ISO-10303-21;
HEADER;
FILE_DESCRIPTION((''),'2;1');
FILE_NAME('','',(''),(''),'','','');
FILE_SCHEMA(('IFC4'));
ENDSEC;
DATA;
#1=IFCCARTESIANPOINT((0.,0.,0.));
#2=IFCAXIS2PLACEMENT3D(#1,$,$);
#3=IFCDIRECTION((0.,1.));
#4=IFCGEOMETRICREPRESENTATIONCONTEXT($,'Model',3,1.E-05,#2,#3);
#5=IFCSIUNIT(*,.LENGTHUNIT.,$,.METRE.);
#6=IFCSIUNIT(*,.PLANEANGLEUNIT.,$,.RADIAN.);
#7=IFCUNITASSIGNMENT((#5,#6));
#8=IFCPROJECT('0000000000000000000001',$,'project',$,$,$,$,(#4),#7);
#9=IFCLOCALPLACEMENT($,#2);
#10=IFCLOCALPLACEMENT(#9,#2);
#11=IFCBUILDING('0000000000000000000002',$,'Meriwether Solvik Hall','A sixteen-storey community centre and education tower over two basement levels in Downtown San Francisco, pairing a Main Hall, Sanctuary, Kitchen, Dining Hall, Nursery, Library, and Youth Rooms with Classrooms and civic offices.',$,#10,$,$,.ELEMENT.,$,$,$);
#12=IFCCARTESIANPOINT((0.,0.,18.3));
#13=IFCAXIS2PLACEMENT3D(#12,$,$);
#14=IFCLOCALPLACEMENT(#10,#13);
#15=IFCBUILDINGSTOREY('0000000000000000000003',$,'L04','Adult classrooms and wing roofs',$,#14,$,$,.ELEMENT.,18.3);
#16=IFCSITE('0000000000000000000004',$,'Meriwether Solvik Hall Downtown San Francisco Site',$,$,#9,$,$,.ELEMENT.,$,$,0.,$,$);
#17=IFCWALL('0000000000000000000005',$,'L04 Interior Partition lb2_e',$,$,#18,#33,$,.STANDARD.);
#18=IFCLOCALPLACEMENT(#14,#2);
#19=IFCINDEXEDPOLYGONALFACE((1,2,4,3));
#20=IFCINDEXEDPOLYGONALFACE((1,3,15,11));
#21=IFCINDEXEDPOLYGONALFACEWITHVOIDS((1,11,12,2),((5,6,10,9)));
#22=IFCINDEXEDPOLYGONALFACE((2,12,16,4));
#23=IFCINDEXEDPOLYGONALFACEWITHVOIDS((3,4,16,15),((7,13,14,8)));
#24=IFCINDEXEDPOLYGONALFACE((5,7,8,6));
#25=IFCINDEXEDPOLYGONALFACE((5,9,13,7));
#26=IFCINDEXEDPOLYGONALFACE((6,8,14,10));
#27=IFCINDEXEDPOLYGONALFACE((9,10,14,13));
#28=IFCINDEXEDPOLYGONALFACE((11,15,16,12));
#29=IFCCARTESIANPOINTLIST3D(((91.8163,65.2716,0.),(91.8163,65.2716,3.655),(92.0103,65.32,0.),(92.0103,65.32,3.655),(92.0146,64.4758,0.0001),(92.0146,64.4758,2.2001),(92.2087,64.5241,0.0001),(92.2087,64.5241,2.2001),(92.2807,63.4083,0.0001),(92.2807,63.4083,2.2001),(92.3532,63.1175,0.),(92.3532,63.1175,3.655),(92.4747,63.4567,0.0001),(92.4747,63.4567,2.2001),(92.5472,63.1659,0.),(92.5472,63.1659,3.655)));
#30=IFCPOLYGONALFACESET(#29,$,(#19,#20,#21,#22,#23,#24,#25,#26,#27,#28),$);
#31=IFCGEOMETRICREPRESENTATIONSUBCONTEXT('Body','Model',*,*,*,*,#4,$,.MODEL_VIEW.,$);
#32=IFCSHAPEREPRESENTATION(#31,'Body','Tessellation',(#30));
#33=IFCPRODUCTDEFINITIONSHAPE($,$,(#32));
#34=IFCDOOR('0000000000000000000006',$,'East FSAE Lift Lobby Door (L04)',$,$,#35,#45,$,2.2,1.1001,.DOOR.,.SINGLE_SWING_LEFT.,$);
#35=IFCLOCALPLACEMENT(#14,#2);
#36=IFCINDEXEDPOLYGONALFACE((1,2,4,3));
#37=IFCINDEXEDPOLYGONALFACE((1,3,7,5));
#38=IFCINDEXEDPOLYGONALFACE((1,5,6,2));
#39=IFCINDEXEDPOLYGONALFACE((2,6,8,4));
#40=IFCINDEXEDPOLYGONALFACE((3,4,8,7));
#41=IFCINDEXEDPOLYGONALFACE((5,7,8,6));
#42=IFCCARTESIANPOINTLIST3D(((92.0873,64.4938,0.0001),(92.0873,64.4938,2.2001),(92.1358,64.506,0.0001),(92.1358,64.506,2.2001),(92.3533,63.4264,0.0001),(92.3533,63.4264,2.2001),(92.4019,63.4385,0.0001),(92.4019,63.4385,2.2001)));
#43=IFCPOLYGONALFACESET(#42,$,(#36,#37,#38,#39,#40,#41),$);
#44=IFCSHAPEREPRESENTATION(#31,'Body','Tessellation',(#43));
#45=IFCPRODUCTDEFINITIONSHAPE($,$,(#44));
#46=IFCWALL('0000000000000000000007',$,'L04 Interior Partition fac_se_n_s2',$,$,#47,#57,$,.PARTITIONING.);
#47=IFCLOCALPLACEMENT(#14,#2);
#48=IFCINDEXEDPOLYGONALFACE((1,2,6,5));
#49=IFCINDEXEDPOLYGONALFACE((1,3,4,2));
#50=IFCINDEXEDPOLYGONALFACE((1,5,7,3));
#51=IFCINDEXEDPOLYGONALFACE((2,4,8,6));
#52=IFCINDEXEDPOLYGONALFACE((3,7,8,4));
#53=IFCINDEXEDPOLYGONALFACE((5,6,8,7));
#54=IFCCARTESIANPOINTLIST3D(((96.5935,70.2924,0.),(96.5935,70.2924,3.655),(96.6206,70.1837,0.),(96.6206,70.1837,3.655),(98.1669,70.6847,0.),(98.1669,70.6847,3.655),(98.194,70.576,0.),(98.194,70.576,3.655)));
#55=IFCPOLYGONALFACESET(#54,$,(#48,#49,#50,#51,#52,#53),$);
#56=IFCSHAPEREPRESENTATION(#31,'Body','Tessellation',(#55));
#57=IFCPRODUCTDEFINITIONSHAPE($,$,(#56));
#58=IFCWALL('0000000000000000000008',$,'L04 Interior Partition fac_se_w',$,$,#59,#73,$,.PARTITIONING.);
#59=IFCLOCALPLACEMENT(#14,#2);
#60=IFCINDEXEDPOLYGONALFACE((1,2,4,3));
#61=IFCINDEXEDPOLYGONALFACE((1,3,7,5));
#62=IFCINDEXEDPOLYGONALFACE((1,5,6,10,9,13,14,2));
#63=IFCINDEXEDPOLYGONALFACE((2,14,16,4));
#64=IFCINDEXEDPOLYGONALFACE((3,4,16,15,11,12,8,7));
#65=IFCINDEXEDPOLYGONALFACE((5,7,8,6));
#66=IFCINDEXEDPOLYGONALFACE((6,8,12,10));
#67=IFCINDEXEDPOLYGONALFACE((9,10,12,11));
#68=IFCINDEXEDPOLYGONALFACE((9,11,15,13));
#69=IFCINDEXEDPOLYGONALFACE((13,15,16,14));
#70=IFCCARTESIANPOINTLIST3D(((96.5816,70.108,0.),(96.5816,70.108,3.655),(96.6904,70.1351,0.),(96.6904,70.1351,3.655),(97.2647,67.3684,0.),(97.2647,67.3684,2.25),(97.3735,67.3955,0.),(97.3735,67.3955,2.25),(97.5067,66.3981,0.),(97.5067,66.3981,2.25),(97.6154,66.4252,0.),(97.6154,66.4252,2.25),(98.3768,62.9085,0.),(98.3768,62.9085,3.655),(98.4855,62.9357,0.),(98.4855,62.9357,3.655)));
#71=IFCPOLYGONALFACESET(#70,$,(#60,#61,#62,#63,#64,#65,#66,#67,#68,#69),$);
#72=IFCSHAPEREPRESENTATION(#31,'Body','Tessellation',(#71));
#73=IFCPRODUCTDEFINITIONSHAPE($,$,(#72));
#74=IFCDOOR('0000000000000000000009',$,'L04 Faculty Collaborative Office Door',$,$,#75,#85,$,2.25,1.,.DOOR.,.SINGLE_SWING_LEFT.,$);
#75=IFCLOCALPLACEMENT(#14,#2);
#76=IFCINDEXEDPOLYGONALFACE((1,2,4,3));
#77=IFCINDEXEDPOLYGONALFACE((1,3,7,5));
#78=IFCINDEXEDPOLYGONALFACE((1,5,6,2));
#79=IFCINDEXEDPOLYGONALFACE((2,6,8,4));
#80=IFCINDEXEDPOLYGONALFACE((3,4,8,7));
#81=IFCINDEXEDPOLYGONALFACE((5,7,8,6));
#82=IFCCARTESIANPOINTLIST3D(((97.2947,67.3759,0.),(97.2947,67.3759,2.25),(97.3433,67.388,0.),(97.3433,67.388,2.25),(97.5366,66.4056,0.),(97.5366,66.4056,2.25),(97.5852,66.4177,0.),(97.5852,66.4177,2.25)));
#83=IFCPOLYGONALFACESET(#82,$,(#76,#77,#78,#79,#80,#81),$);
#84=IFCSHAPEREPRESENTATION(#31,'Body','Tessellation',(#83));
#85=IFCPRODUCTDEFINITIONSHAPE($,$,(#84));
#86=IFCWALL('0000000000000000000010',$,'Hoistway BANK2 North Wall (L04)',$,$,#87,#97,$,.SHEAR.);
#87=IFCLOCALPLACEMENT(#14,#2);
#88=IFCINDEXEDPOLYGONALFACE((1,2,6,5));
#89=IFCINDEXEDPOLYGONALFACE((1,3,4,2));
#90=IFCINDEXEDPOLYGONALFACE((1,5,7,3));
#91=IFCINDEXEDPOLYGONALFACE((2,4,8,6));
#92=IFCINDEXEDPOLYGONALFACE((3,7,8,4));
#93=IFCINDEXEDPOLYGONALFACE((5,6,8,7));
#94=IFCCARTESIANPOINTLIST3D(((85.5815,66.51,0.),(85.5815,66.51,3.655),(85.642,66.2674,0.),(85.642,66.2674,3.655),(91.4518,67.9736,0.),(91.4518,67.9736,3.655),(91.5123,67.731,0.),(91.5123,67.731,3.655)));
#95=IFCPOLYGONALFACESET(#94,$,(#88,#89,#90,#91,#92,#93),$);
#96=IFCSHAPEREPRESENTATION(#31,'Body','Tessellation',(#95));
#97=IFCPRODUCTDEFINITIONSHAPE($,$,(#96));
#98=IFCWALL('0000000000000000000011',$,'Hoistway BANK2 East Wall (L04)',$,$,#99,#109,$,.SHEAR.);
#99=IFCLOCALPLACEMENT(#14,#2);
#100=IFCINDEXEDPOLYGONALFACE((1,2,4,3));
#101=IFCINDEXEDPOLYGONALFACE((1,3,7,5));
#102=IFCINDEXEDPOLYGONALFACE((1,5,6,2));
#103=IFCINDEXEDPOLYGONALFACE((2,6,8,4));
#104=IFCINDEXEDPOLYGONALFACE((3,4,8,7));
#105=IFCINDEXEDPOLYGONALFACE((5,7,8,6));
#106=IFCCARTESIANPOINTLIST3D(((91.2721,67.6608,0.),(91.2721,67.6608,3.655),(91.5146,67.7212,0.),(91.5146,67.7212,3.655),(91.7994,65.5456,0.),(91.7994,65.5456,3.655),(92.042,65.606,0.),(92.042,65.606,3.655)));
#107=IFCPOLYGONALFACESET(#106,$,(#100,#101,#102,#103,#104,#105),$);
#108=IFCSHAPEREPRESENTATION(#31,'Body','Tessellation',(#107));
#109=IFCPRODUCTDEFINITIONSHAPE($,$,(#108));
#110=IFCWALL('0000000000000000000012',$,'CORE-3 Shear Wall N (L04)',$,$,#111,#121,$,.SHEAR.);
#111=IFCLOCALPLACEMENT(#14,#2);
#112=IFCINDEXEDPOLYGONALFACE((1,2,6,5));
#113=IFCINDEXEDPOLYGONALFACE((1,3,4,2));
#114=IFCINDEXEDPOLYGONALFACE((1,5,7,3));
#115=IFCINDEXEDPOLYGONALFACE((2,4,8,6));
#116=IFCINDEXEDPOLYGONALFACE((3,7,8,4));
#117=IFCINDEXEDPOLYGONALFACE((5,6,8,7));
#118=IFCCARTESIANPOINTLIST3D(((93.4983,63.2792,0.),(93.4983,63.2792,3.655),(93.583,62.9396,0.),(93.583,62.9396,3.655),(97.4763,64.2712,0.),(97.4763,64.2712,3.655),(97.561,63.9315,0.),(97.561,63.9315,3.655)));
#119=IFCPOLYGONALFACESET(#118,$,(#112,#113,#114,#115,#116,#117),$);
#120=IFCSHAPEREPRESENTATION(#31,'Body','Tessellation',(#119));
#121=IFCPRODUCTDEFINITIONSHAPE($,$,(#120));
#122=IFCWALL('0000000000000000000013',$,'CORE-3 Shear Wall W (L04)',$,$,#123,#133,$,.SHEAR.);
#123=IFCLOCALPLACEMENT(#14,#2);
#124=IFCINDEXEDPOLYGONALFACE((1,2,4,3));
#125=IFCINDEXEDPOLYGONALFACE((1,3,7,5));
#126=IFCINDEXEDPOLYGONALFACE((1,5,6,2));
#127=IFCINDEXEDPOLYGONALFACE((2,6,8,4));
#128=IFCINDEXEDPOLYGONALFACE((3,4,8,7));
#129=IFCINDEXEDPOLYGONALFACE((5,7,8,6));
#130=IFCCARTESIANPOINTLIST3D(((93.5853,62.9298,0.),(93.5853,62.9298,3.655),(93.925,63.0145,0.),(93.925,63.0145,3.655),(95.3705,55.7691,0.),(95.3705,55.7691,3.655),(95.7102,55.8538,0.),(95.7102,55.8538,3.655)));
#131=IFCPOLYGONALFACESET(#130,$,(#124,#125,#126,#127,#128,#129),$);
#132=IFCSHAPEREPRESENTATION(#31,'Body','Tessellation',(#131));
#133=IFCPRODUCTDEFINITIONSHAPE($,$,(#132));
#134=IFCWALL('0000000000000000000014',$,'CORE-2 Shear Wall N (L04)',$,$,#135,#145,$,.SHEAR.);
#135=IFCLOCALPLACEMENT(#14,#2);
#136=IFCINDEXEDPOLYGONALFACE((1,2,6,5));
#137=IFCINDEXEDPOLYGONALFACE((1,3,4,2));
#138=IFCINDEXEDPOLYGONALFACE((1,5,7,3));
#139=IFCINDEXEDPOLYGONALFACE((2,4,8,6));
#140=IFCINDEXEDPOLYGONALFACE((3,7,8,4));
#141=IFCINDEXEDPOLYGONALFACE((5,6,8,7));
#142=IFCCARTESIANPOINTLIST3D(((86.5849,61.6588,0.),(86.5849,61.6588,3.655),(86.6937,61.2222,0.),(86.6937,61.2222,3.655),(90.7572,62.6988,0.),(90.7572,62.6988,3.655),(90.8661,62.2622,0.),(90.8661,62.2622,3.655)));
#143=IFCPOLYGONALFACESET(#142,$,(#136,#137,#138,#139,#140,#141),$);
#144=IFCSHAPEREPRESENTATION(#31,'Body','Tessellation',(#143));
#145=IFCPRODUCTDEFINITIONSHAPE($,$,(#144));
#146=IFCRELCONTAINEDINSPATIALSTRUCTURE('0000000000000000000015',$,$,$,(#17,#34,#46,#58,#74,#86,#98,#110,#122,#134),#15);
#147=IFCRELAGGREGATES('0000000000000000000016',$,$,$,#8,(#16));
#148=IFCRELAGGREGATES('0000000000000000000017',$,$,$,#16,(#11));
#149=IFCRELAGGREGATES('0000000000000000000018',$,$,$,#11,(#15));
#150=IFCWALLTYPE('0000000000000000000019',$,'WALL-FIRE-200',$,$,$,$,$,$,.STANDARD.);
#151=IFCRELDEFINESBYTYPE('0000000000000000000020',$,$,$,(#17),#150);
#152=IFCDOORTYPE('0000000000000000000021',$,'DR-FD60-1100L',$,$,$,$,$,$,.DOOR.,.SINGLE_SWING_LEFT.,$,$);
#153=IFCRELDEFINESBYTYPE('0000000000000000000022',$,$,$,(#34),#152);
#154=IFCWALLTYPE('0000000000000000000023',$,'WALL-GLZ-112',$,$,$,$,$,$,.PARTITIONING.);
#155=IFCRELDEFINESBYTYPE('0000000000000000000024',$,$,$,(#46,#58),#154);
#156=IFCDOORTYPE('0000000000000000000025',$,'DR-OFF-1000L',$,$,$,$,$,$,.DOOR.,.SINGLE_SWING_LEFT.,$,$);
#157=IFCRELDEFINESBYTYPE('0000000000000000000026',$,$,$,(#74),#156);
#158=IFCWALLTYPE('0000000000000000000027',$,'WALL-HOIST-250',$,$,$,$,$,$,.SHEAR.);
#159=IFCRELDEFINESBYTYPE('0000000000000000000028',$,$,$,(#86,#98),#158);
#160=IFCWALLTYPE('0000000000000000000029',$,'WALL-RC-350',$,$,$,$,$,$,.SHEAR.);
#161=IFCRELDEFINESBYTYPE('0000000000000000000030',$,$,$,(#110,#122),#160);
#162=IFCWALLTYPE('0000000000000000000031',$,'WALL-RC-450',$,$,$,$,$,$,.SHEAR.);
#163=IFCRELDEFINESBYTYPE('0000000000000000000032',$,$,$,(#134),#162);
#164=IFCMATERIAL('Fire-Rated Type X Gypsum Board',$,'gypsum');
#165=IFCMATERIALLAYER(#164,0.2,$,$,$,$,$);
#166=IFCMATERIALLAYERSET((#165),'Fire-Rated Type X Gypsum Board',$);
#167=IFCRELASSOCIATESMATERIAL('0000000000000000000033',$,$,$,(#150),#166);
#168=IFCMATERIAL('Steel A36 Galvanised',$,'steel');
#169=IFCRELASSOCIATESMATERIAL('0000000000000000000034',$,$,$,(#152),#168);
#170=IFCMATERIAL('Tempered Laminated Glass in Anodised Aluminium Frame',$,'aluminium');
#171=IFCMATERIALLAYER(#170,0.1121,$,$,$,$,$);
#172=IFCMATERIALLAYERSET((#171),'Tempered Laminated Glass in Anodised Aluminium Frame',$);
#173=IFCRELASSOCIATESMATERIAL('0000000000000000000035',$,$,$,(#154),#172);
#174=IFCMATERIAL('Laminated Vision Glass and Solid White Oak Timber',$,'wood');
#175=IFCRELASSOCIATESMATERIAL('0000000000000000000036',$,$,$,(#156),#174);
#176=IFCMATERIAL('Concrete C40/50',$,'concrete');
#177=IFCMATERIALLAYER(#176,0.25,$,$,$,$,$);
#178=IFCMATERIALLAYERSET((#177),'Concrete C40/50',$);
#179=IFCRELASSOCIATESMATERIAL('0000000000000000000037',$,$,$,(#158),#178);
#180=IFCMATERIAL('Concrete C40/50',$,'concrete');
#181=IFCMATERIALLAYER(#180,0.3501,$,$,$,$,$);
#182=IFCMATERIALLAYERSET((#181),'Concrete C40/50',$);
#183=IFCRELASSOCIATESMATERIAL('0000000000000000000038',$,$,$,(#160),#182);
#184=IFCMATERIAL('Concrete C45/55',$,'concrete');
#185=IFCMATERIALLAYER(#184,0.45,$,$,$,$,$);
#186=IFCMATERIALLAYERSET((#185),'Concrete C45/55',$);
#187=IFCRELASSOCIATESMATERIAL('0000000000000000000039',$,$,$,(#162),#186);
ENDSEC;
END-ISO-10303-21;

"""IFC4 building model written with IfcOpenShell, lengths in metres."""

from ifc_helpers import new_model, si_unit, direction, frame, frame_2d, origin, place, context, subcontext, project, spatial, rectangle, extrude, material, layer, layer_set, type_object, element, fill, save


model = new_model("IFC4")

# Units and contexts
model_context = context("Model", 3, precision=1e-05, world=origin(), true_north=direction((0.0, 1.0)))
body_context = subcontext(model_context, "Body", "Model", "MODEL_VIEW")
ifc_project = project(units=[si_unit("LENGTHUNIT", "METRE"), si_unit("PLANEANGLEUNIT", "RADIAN")], contexts=[model_context])

# Site, building, storey
site_placement = place(None, origin())
site = spatial("IfcSite", under=ifc_project, at=site_placement, Name="Meriwether Solvik Hall Downtown San Francisco Site", CompositionType="ELEMENT", RefElevation=0.0)
building_placement = place(site_placement, origin())
building = spatial("IfcBuilding", under=site, at=building_placement, Name="Meriwether Solvik Hall", Description="A sixteen-storey community centre and education tower over two basement levels in Downtown San Francisco, pairing a Main Hall, Sanctuary, Kitchen, Dining Hall, Nursery, Library, and Youth Rooms with Classrooms and civic offices.", CompositionType="ELEMENT")
storey_placement = place(building_placement, frame((0.0, 0.0, 18.3)))
storey = spatial("IfcBuildingStorey", under=building, at=storey_placement, Name="L04", Description="Adult classrooms and wing roofs", CompositionType="ELEMENT", Elevation=18.3)

# Shared definitions
ifc_material_1 = material(Name="Fire-Rated Type X Gypsum Board", Category="gypsum")
ifc_layer_1 = layer(ifc_material_1, 0.2)
ifc_layer_set_1 = layer_set([ifc_layer_1], Name="Fire-Rated Type X Gypsum Board")
wall_type_1 = type_object("IfcWallType", Name="WALL-FIRE-200", PredefinedType="STANDARD", material=ifc_layer_set_1)

# Wall, opening, door
wall_1_placement = place(storey_placement, frame((91.9133, 65.2957, 0.0), z_axis=(0.0, 0.0, 1.0), x_axis=(0.241837, -0.970317, 0.0)))
wall_1 = element("IfcWall", 1, at=wall_1_placement, inside=storey, type_object=wall_type_1, Name="L04 Interior Partition lb2_e", PredefinedType="STANDARD", context=body_context, shape_type="SweptSolid", body=[
    extrude(rectangle(XDim=2.22, YDim=0.2, at=frame_2d((1.1099, 0.0))), origin(), (0.0, 0.0, 1.0), 3.655),
])
opening_1_placement = place(wall_1_placement, frame((0.8201, 0.0, 0.0)))
opening_1 = element("IfcOpeningElement", 2, at=opening_1_placement, cuts=wall_1, PredefinedType="OPENING", context=body_context, shape_type="SweptSolid", body=[
    extrude(rectangle(XDim=1.1001, YDim=2.2, at=frame_2d((0.55, 1.1001))), frame((0.0, 0.1118, 0.0), z_axis=(0.0, -1.0, 0.0), x_axis=(1.0, 0.0, 0.0)), (0.0, 0.0, 1.0), 0.2239),
])
ifc_material_2 = material(Name="Steel A36 Galvanised", Category="steel")
door_type_1 = type_object("IfcDoorType", Name="DR-FD60-1100L", OperationType="SINGLE_SWING_LEFT", PredefinedType="DOOR", material=ifc_material_2)
door_1_placement = place(opening_1_placement, origin())
door_1 = element("IfcDoor", 3, at=door_1_placement, inside=storey, type_object=door_type_1, Name="East FSAE Lift Lobby Door (L04)", OperationType="SINGLE_SWING_LEFT", OverallHeight=2.2, OverallWidth=1.1001, PredefinedType="DOOR", context=body_context, shape_type="SweptSolid", body=[
    extrude(rectangle(XDim=1.1001, YDim=2.2, at=frame_2d((0.55, 1.1001))), frame((0.0, 0.0249, 0.0), z_axis=(0.0, -1.0, 0.0), x_axis=(1.0, 0.0, 0.0)), (0.0, 0.0, 1.0), 0.05),
])
fill(opening_1, door_1)

# Wall
ifc_material_3 = material(Name="Tempered Laminated Glass in Anodised Aluminium Frame", Category="aluminium")
ifc_layer_2 = layer(ifc_material_3, 0.1121)
ifc_layer_set_2 = layer_set([ifc_layer_2], Name="Tempered Laminated Glass in Anodised Aluminium Frame")
wall_type_2 = type_object("IfcWallType", Name="WALL-GLZ-112", PredefinedType="PARTITIONING", material=ifc_layer_set_2)
wall_2_placement = place(storey_placement, frame((98.1804, 70.6304, 0.0), z_axis=(0.0, 0.0, 1.0), x_axis=(-0.970293, -0.241933, 0.0)))
element("IfcWall", 4, at=wall_2_placement, inside=storey, type_object=wall_type_2, Name="L04 Interior Partition fac_se_n_s2", PredefinedType="PARTITIONING", context=body_context, shape_type="SweptSolid", body=[
    extrude(rectangle(XDim=1.6216, YDim=0.1121, at=frame_2d((0.8108, 0.0))), origin(), (0.0, 0.0, 1.0), 3.655),
])

# Wall, opening, door
wall_3_placement = place(storey_placement, frame((96.636, 70.1216, 0.0), z_axis=(0.0, 0.0, 1.0), x_axis=(0.241939, -0.970291, 0.0)))
wall_3 = element("IfcWall", 5, at=wall_3_placement, inside=storey, type_object=wall_type_2, Name="L04 Interior Partition fac_se_w", PredefinedType="PARTITIONING", context=body_context, shape_type="SweptSolid", body=[
    extrude(rectangle(XDim=7.4199, YDim=0.1121, at=frame_2d((3.71, 0.0))), origin(), (0.0, 0.0, 1.0), 3.655),
])
opening_2_placement = place(wall_3_placement, frame((2.8235, 0.0, 0.0)))
opening_2 = element("IfcOpeningElement", 6, at=opening_2_placement, cuts=wall_3, PredefinedType="OPENING", context=body_context, shape_type="SweptSolid", body=[
    extrude(rectangle(XDim=1.0, YDim=2.25, at=frame_2d((0.5, 1.125))), frame((0.0, 0.0679, 0.0), z_axis=(0.0, -1.0, 0.0), x_axis=(1.0, 0.0, 0.0)), (0.0, 0.0, 1.0), 0.136),
])
ifc_material_4 = material(Name="Laminated Vision Glass and Solid White Oak Timber", Category="wood")
door_type_2 = type_object("IfcDoorType", Name="DR-OFF-1000L", OperationType="SINGLE_SWING_LEFT", PredefinedType="DOOR", material=ifc_material_4)
door_2_placement = place(opening_2_placement, origin())
door_2 = element("IfcDoor", 7, at=door_2_placement, inside=storey, type_object=door_type_2, Name="L04 Faculty Collaborative Office Door", OperationType="SINGLE_SWING_LEFT", OverallHeight=2.25, OverallWidth=1.0, PredefinedType="DOOR", context=body_context, shape_type="SweptSolid", body=[
    extrude(rectangle(XDim=1.0, YDim=2.25, at=frame_2d((0.5, 1.125))), frame((0.0, 0.0249, 0.0), z_axis=(0.0, -1.0, 0.0), x_axis=(1.0, 0.0, 0.0)), (0.0, 0.0, 1.0), 0.05),
])
fill(opening_2, door_2)

# Walls
ifc_material_5 = material(Name="Concrete C40/50", Category="concrete")
ifc_layer_3 = layer(ifc_material_5, 0.25)
ifc_layer_set_3 = layer_set([ifc_layer_3], Name="Concrete C40/50")
wall_type_3 = type_object("IfcWallType", Name="WALL-HOIST-250", PredefinedType="SHEAR", material=ifc_layer_set_3)
wall_4_placement = place(storey_placement, frame((91.4819, 67.8523, 0.0), z_axis=(0.0, 0.0, 1.0), x_axis=(-0.970297, -0.241918, 0.0)))
element("IfcWall", 8, at=wall_4_placement, inside=storey, type_object=wall_type_3, Name="Hoistway BANK2 North Wall (L04)", PredefinedType="SHEAR", context=body_context, shape_type="SweptSolid", body=[
    extrude(rectangle(XDim=6.05, YDim=0.25, at=frame_2d((3.0249, 0.0))), origin(), (0.0, 0.0, 1.0), 3.655),
])
wall_5_placement = place(storey_placement, frame((91.9207, 65.5759, 0.0), z_axis=(0.0, 0.0, 1.0), x_axis=(-0.241903, 0.9703, 0.0)))
element("IfcWall", 9, at=wall_5_placement, inside=storey, type_object=wall_type_3, Name="Hoistway BANK2 East Wall (L04)", PredefinedType="SHEAR", context=body_context, shape_type="SweptSolid", body=[
    extrude(rectangle(XDim=2.1799, YDim=0.25, at=frame_2d((1.0898, 0.0))), origin(), (0.0, 0.0, 1.0), 3.655),
])
ifc_material_6 = material(Name="Concrete C40/50", Category="concrete")
ifc_layer_4 = layer(ifc_material_6, 0.3501)
ifc_layer_set_4 = layer_set([ifc_layer_4], Name="Concrete C40/50")
wall_type_4 = type_object("IfcWallType", Name="WALL-RC-350", PredefinedType="SHEAR", material=ifc_layer_set_4)
wall_6_placement = place(storey_placement, frame((97.5186, 64.1013, 0.0), z_axis=(0.0, 0.0, 1.0), x_axis=(-0.970289, -0.241947, 0.0)))
element("IfcWall", 10, at=wall_6_placement, inside=storey, type_object=wall_type_4, Name="CORE-3 Shear Wall N (L04)", PredefinedType="SHEAR", context=body_context, shape_type="SweptSolid", body=[
    extrude(rectangle(XDim=4.0999, YDim=0.3501, at=frame_2d((2.0498, 0.0))), origin(), (0.0, 0.0, 1.0), 3.655),
])
wall_7_placement = place(storey_placement, frame((93.7551, 62.9722, 0.0), z_axis=(0.0, 0.0, 1.0), x_axis=(0.241897, -0.970302, 0.0)))
element("IfcWall", 11, at=wall_7_placement, inside=storey, type_object=wall_type_4, Name="CORE-3 Shear Wall W (L04)", PredefinedType="SHEAR", context=body_context, shape_type="SweptSolid", body=[
    extrude(rectangle(XDim=7.3799, YDim=0.3501, at=frame_2d((3.6899, 0.0))), origin(), (0.0, 0.0, 1.0), 3.655),
])
ifc_material_7 = material(Name="Concrete C45/55", Category="concrete")
ifc_layer_5 = layer(ifc_material_7, 0.45)
ifc_layer_set_5 = layer_set([ifc_layer_5], Name="Concrete C45/55")
wall_type_5 = type_object("IfcWallType", Name="WALL-RC-450", PredefinedType="SHEAR", material=ifc_layer_set_5)
wall_8_placement = place(storey_placement, frame((90.8115, 62.4805, 0.0), z_axis=(0.0, 0.0, 1.0), x_axis=(-0.970309, -0.241868, 0.0)))
element("IfcWall", 12, at=wall_8_placement, inside=storey, type_object=wall_type_5, Name="CORE-2 Shear Wall N (L04)", PredefinedType="SHEAR", context=body_context, shape_type="SweptSolid", body=[
    extrude(rectangle(XDim=4.3, YDim=0.45, at=frame_2d((2.1499, 0.0))), origin(), (0.0, 0.0, 1.0), 3.655),
])

save(model, "model.ifc")
